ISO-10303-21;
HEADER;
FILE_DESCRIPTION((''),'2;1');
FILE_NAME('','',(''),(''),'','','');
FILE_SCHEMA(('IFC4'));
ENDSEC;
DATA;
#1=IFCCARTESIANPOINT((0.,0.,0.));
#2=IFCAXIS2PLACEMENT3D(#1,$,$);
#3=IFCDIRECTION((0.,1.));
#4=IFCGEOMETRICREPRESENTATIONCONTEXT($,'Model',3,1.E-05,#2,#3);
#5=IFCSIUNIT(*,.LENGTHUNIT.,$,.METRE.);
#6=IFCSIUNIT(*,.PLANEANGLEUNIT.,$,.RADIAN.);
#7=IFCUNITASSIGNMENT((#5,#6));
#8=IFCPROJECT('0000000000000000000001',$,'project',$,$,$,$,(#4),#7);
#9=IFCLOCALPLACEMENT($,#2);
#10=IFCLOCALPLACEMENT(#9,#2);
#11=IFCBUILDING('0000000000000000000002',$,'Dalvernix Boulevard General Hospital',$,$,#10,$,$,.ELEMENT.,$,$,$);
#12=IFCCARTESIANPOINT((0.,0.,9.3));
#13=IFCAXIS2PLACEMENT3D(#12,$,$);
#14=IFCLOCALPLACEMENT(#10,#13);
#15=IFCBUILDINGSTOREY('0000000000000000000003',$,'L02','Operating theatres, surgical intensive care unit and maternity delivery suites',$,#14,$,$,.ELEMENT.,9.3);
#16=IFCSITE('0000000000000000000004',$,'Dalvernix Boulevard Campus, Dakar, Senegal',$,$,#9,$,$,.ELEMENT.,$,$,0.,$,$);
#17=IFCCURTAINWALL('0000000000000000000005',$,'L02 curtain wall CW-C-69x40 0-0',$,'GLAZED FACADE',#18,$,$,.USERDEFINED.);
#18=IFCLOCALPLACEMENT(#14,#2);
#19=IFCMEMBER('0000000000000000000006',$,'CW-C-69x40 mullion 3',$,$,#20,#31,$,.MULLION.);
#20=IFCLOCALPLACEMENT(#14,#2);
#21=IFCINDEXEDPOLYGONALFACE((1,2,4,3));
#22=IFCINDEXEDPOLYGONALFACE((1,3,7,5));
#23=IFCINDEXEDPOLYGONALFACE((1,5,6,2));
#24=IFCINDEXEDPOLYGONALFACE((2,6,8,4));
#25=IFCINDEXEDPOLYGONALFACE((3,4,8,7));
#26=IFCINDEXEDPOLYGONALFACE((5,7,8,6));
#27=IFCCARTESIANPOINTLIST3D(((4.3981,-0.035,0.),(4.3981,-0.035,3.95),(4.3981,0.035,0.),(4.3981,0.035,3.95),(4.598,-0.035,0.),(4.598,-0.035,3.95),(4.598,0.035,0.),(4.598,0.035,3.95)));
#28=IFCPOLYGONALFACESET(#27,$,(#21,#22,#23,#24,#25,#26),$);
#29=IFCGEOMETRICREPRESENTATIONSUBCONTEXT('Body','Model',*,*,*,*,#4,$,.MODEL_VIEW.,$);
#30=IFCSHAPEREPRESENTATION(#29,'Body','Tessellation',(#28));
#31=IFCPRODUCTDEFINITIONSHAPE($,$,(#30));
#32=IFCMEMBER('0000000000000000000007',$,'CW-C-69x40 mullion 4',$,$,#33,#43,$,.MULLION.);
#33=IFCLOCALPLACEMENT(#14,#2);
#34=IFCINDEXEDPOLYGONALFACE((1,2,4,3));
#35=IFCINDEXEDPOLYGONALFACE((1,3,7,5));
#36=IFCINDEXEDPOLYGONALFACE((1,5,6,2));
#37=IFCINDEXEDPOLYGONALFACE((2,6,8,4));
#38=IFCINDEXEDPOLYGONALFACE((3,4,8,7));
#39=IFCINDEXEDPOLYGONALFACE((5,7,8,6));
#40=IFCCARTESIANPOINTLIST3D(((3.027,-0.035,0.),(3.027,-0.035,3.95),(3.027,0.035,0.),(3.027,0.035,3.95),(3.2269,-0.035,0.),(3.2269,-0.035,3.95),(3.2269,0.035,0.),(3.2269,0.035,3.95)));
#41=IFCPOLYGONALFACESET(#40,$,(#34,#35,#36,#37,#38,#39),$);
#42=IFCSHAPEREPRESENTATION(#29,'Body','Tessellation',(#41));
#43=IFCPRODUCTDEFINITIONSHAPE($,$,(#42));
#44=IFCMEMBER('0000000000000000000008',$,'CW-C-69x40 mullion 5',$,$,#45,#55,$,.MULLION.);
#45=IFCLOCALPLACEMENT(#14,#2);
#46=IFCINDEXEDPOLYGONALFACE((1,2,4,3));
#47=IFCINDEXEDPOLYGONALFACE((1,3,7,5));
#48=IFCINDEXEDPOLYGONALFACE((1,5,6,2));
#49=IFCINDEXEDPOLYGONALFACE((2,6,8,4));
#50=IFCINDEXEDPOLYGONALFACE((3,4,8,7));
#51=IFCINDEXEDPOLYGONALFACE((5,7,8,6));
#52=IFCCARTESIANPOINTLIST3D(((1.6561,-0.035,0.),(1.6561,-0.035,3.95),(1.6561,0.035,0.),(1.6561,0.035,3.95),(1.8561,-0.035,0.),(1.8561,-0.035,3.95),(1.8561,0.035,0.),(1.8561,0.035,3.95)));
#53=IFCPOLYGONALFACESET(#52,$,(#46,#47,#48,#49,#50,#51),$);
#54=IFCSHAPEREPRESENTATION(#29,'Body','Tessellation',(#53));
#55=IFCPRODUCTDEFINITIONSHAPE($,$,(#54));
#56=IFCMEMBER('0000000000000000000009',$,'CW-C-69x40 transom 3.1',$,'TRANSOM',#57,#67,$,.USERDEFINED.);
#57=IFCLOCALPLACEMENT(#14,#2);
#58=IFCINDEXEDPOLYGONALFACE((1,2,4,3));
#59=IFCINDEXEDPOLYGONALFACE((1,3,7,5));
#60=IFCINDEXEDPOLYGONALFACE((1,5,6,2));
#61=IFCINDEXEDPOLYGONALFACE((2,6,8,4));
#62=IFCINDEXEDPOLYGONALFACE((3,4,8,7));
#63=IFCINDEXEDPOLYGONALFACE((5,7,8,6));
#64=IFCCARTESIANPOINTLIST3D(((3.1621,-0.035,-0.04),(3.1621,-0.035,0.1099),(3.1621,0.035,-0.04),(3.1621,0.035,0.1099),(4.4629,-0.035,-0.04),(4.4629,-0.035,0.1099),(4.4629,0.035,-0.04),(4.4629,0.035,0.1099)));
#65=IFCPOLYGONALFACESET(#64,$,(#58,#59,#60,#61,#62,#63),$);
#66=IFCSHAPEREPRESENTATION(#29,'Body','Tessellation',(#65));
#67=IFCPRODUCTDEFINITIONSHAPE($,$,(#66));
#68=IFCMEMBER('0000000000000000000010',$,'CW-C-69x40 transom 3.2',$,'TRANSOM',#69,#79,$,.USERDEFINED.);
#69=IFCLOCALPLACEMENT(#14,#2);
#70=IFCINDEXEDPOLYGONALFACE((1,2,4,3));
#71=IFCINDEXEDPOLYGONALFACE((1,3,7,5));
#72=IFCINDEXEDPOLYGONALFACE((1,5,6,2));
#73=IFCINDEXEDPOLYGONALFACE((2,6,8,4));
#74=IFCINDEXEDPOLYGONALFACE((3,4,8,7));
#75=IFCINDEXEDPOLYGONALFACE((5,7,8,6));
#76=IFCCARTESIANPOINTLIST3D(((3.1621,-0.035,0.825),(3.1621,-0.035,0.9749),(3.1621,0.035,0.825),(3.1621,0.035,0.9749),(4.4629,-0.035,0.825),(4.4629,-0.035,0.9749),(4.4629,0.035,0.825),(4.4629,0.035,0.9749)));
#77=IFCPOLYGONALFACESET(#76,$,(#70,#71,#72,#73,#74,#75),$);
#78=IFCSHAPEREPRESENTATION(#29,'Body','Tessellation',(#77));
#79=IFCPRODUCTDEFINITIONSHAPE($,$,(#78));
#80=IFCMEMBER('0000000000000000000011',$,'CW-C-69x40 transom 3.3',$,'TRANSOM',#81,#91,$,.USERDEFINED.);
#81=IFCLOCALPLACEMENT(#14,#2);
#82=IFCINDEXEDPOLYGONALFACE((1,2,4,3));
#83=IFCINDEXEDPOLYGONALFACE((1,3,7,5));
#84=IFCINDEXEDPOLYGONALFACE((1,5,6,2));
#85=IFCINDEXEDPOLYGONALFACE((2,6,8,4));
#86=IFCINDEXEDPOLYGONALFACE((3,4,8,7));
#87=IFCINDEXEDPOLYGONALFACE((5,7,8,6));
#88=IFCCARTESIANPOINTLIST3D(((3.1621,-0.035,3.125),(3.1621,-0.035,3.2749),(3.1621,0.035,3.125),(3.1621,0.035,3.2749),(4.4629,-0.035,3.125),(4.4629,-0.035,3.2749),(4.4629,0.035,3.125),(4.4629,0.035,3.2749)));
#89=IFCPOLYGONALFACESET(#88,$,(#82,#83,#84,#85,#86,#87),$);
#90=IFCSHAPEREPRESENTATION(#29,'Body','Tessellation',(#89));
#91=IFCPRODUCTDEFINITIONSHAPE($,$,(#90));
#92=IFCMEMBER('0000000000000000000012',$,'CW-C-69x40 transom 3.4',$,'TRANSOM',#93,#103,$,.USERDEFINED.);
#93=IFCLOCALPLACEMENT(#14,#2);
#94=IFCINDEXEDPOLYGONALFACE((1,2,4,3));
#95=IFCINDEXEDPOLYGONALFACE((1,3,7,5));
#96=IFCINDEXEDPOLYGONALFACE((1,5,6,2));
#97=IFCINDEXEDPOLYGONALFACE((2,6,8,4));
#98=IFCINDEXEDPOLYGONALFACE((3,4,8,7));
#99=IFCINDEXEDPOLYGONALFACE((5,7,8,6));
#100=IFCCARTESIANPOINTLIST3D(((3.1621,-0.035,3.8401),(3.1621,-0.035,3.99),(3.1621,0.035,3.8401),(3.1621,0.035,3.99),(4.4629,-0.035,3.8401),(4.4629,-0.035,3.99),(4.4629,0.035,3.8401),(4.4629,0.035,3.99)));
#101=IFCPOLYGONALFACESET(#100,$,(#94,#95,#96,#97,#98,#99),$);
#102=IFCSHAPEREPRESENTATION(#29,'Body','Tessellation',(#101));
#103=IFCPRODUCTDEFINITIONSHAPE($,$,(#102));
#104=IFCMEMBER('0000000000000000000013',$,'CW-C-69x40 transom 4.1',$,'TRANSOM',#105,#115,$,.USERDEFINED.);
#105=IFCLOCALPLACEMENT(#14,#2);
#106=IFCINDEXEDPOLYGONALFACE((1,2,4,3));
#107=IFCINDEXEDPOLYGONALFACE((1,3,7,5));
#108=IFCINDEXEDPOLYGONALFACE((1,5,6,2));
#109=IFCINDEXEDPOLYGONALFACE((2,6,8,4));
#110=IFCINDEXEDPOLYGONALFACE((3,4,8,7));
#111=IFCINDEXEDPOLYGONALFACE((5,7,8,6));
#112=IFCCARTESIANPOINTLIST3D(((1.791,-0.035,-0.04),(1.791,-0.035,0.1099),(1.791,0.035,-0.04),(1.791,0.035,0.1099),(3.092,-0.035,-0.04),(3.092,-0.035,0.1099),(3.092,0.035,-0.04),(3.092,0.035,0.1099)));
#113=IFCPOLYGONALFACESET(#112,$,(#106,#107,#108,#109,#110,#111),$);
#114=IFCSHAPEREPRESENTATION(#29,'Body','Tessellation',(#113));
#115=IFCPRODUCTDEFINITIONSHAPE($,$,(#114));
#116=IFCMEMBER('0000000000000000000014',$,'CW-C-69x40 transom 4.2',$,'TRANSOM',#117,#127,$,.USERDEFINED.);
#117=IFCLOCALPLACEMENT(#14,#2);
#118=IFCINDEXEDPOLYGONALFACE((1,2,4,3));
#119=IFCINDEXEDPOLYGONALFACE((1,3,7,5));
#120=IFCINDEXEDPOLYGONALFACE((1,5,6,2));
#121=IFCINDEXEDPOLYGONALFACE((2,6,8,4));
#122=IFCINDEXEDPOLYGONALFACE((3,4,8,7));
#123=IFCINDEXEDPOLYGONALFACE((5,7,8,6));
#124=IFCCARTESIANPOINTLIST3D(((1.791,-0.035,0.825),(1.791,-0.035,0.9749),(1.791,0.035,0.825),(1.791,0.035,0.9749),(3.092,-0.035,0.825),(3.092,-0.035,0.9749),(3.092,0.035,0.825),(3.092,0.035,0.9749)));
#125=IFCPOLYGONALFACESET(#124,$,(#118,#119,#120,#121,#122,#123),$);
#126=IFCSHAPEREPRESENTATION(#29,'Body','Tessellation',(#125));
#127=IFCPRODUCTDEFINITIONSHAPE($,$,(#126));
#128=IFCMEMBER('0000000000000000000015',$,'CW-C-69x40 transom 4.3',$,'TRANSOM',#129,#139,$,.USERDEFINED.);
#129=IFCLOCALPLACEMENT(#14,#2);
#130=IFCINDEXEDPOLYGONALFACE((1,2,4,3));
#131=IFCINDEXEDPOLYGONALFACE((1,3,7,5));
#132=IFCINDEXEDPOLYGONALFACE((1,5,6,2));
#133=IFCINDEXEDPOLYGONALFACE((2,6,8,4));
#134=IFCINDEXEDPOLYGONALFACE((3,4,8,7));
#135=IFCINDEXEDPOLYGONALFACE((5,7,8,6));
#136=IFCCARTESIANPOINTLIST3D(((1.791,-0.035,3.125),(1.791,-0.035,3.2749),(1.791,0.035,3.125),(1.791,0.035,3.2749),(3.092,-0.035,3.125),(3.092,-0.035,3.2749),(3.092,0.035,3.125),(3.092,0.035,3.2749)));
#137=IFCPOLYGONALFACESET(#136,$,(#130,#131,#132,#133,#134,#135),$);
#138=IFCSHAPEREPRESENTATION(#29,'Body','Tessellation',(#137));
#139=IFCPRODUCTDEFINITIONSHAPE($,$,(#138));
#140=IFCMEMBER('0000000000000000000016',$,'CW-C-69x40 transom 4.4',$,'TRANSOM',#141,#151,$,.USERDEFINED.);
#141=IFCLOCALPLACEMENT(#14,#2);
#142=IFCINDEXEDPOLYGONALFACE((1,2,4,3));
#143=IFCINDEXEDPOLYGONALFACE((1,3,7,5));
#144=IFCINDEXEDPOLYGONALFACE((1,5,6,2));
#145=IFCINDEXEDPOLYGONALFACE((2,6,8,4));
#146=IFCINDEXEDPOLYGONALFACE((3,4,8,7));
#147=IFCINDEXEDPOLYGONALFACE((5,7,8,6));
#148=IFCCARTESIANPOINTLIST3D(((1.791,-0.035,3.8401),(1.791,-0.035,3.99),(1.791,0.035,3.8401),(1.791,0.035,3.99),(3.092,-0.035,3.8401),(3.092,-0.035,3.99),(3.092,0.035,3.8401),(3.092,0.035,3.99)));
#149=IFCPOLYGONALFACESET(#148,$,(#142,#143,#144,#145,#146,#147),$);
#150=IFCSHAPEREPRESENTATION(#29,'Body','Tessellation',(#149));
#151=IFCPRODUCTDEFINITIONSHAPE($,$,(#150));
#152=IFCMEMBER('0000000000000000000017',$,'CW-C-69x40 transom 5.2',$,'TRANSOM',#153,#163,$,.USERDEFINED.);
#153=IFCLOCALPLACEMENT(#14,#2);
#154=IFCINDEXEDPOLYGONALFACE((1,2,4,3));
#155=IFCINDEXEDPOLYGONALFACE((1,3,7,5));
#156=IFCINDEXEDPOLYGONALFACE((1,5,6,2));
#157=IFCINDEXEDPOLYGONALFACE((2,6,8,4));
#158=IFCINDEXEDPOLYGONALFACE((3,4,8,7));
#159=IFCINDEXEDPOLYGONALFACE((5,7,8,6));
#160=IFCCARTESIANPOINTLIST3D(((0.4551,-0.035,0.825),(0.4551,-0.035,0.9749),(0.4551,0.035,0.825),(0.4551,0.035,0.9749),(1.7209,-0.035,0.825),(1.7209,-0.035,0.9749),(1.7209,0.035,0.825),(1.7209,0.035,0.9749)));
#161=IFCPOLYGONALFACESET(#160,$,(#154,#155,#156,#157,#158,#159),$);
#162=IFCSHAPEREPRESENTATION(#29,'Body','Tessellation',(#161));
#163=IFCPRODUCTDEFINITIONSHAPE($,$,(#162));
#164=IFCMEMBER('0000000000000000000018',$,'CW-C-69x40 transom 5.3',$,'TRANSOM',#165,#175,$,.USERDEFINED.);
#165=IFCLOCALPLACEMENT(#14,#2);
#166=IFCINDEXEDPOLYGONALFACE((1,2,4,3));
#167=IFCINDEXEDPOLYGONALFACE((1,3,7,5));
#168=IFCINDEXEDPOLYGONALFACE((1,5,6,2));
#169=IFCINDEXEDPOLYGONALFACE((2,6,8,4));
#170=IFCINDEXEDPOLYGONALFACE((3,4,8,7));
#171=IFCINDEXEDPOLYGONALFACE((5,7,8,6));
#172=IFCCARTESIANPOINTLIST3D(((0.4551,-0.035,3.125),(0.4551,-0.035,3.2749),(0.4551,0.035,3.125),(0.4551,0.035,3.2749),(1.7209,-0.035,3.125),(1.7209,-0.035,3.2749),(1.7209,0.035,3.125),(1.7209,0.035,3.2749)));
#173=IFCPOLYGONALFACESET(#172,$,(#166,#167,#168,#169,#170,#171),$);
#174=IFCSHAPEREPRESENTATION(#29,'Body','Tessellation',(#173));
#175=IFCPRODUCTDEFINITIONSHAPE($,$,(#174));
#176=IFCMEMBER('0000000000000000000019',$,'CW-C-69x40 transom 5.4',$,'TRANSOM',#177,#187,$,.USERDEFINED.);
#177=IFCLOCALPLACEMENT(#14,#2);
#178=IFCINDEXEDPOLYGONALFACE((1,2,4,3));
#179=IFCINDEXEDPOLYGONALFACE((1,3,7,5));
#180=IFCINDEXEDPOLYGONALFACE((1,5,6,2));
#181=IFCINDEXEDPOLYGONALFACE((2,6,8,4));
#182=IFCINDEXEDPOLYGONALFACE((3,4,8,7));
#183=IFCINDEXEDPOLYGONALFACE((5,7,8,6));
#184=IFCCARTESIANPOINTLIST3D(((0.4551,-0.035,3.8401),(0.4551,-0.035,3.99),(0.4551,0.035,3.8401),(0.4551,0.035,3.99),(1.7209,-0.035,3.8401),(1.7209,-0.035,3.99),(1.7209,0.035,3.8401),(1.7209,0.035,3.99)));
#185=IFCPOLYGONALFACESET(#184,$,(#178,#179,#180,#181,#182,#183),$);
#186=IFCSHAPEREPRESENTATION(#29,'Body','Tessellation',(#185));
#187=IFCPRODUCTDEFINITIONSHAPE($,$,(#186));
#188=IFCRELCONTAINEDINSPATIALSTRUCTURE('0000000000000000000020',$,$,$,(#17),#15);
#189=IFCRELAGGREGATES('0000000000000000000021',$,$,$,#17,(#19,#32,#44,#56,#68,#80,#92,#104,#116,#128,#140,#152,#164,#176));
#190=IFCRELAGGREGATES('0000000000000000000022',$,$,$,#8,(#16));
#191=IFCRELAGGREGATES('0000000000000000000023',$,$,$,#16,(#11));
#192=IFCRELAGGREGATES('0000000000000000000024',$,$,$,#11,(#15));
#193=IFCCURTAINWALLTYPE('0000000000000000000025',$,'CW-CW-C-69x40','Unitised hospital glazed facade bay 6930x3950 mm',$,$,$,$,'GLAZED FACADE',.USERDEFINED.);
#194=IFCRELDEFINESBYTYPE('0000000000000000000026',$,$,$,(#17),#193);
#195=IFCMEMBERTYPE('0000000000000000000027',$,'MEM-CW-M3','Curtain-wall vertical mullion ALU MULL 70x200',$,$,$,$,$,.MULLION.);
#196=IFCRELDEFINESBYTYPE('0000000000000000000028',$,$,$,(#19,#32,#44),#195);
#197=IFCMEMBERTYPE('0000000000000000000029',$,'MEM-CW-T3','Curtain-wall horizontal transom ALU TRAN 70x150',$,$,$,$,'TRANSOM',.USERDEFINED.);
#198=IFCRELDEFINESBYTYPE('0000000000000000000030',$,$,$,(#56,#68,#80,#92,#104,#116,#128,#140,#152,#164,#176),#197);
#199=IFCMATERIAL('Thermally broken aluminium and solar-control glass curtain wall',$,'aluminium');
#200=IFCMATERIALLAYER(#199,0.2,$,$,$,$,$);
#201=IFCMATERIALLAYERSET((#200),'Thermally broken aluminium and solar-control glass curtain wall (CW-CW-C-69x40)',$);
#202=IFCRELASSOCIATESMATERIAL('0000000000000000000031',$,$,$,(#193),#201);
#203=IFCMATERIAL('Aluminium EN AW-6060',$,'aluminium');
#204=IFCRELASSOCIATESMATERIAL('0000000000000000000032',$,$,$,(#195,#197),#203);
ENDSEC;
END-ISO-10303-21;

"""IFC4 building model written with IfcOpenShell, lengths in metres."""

from ifc_helpers import new_model, si_unit, direction, frame, origin, origin_2d, place, context, subcontext, project, spatial, rectangle, extrude, material, layer, layer_set, material_profile, profile_set, type_object, element, aggregate, save


model = new_model("IFC4")

# Units and contexts
model_context = context("Model", 3, precision=1e-05, world=origin(), true_north=direction((0.0, 1.0)))
body_context = subcontext(model_context, "Body", "Model", "MODEL_VIEW")
ifc_project = project(units=[si_unit("LENGTHUNIT", "METRE"), si_unit("PLANEANGLEUNIT", "RADIAN")], contexts=[model_context])

# Site, building, storey
site_placement = place(None, origin())
site = spatial("IfcSite", under=ifc_project, at=site_placement, Name="Dalvernix Boulevard Campus, Dakar, Senegal", CompositionType="ELEMENT", RefElevation=0.0)
building_placement = place(site_placement, origin())
building = spatial("IfcBuilding", under=site, at=building_placement, Name="Dalvernix Boulevard General Hospital", CompositionType="ELEMENT")
storey_placement = place(building_placement, frame((0.0, 0.0, 9.3)))
storey = spatial("IfcBuildingStorey", under=building, at=storey_placement, Name="L02", Description="Operating theatres, surgical intensive care unit and maternity delivery suites", CompositionType="ELEMENT", Elevation=9.3)

# Curtain wall, members
ifc_material_1 = material(Name="Thermally broken aluminium and solar-control glass curtain wall", Category="aluminium")
ifc_layer_1 = layer(ifc_material_1, 0.2)
ifc_layer_set_1 = layer_set([ifc_layer_1], Name="Thermally broken aluminium and solar-control glass curtain wall (CW-CW-C-69x40)")
curtain_wall_type = type_object("IfcCurtainWallType", Name="CW-CW-C-69x40", Description="Unitised hospital glazed facade bay 6930x3950 mm", ElementType="GLAZED FACADE", PredefinedType="USERDEFINED", material=ifc_layer_set_1)
curtain_wall_placement = place(storey_placement, origin())
curtain_wall = element("IfcCurtainWall", 1, at=curtain_wall_placement, inside=storey, type_object=curtain_wall_type, Name="L02 curtain wall CW-C-69x40 0-0", ObjectType="GLAZED FACADE", PredefinedType="USERDEFINED")
ifc_material_2 = material(Name="Aluminium EN AW-6060", Category="aluminium")
ifc_material_profile_1 = material_profile(ifc_material_2, rectangle(XDim=0.0701, YDim=0.2, at=origin_2d()), Name="ALU MULL 70x200")
ifc_profile_set_1 = profile_set([ifc_material_profile_1], Name="Aluminium EN AW-6060")
member_type_1 = type_object("IfcMemberType", Name="MEM-CW-M3", Description="Curtain-wall vertical mullion ALU MULL 70x200", PredefinedType="MULLION", material=ifc_profile_set_1)
member_1_placement = place(storey_placement, frame((4.498, 0.0, 0.0), z_axis=(0.0, 0.0, 1.0), x_axis=(0.0, -1.0, 0.0)))
member_1 = element("IfcMember", 2, at=member_1_placement, type_object=member_type_1, Name="CW-C-69x40 mullion 3", PredefinedType="MULLION", context=body_context, shape_type="SweptSolid", body=[
    extrude(rectangle(XDim=0.0701, YDim=0.2, at=origin_2d()), origin(), (0.0, 0.0, 1.0), 3.95),
])
member_2_placement = place(storey_placement, frame((3.127, 0.0, 0.0), z_axis=(0.0, 0.0, 1.0), x_axis=(0.0, -1.0, 0.0)))
member_2 = element("IfcMember", 3, at=member_2_placement, type_object=member_type_1, Name="CW-C-69x40 mullion 4", PredefinedType="MULLION", context=body_context, shape_type="SweptSolid", body=[
    extrude(rectangle(XDim=0.0701, YDim=0.2, at=origin_2d()), origin(), (0.0, 0.0, 1.0), 3.95),
])
member_3_placement = place(storey_placement, frame((1.7561, 0.0, 0.0), z_axis=(0.0, 0.0, 1.0), x_axis=(0.0, -1.0, 0.0)))
member_3 = element("IfcMember", 4, at=member_3_placement, type_object=member_type_1, Name="CW-C-69x40 mullion 5", PredefinedType="MULLION", context=body_context, shape_type="SweptSolid", body=[
    extrude(rectangle(XDim=0.0701, YDim=0.2, at=origin_2d()), origin(), (0.0, 0.0, 1.0), 3.95),
])
ifc_material_profile_2 = material_profile(ifc_material_2, rectangle(XDim=0.0701, YDim=0.1499, at=origin_2d()), Name="ALU TRAN 70x150")
ifc_profile_set_2 = profile_set([ifc_material_profile_2], Name="Aluminium EN AW-6060")
member_type_2 = type_object("IfcMemberType", Name="MEM-CW-T3", Description="Curtain-wall horizontal transom ALU TRAN 70x150", ElementType="TRANSOM", PredefinedType="USERDEFINED", material=ifc_profile_set_2)
member_4_placement = place(storey_placement, frame((4.4629, 0.0, 0.0349), z_axis=(-1.0, 0.0, 0.0), x_axis=(0.0, -1.0, 0.0)))
member_4 = element("IfcMember", 5, at=member_4_placement, type_object=member_type_2, Name="CW-C-69x40 transom 3.1", ObjectType="TRANSOM", PredefinedType="USERDEFINED", context=body_context, shape_type="SweptSolid", body=[
    extrude(rectangle(XDim=0.0701, YDim=0.1499, at=origin_2d()), origin(), (0.0, 0.0, 1.0), 1.3008),
])
member_5_placement = place(storey_placement, frame((4.4629, 0.0, 0.8999), z_axis=(-1.0, 0.0, 0.0), x_axis=(0.0, -1.0, 0.0)))
member_5 = element("IfcMember", 6, at=member_5_placement, type_object=member_type_2, Name="CW-C-69x40 transom 3.2", ObjectType="TRANSOM", PredefinedType="USERDEFINED", context=body_context, shape_type="SweptSolid", body=[
    extrude(rectangle(XDim=0.0701, YDim=0.1499, at=origin_2d()), origin(), (0.0, 0.0, 1.0), 1.3008),
])
member_6_placement = place(storey_placement, frame((4.4629, 0.0, 3.2), z_axis=(-1.0, 0.0, 0.0), x_axis=(0.0, -1.0, 0.0)))
member_6 = element("IfcMember", 7, at=member_6_placement, type_object=member_type_2, Name="CW-C-69x40 transom 3.3", ObjectType="TRANSOM", PredefinedType="USERDEFINED", context=body_context, shape_type="SweptSolid", body=[
    extrude(rectangle(XDim=0.0701, YDim=0.1499, at=origin_2d()), origin(), (0.0, 0.0, 1.0), 1.3008),
])
member_7_placement = place(storey_placement, frame((4.4629, 0.0, 3.915), z_axis=(-1.0, 0.0, 0.0), x_axis=(0.0, -1.0, 0.0)))
member_7 = element("IfcMember", 8, at=member_7_placement, type_object=member_type_2, Name="CW-C-69x40 transom 3.4", ObjectType="TRANSOM", PredefinedType="USERDEFINED", context=body_context, shape_type="SweptSolid", body=[
    extrude(rectangle(XDim=0.0701, YDim=0.1499, at=origin_2d()), origin(), (0.0, 0.0, 1.0), 1.3008),
])
member_8_placement = place(storey_placement, frame((3.092, 0.0, 0.0349), z_axis=(-1.0, 0.0, 0.0), x_axis=(0.0, -1.0, 0.0)))
member_8 = element("IfcMember", 9, at=member_8_placement, type_object=member_type_2, Name="CW-C-69x40 transom 4.1", ObjectType="TRANSOM", PredefinedType="USERDEFINED", context=body_context, shape_type="SweptSolid", body=[
    extrude(rectangle(XDim=0.0701, YDim=0.1499, at=origin_2d()), origin(), (0.0, 0.0, 1.0), 1.301),
])
member_9_placement = place(storey_placement, frame((3.092, 0.0, 0.8999), z_axis=(-1.0, 0.0, 0.0), x_axis=(0.0, -1.0, 0.0)))
member_9 = element("IfcMember", 10, at=member_9_placement, type_object=member_type_2, Name="CW-C-69x40 transom 4.2", ObjectType="TRANSOM", PredefinedType="USERDEFINED", context=body_context, shape_type="SweptSolid", body=[
    extrude(rectangle(XDim=0.0701, YDim=0.1499, at=origin_2d()), origin(), (0.0, 0.0, 1.0), 1.301),
])
member_10_placement = place(storey_placement, frame((3.092, 0.0, 3.2), z_axis=(-1.0, 0.0, 0.0), x_axis=(0.0, -1.0, 0.0)))
member_10 = element("IfcMember", 11, at=member_10_placement, type_object=member_type_2, Name="CW-C-69x40 transom 4.3", ObjectType="TRANSOM", PredefinedType="USERDEFINED", context=body_context, shape_type="SweptSolid", body=[
    extrude(rectangle(XDim=0.0701, YDim=0.1499, at=origin_2d()), origin(), (0.0, 0.0, 1.0), 1.301),
])
member_11_placement = place(storey_placement, frame((3.092, 0.0, 3.915), z_axis=(-1.0, 0.0, 0.0), x_axis=(0.0, -1.0, 0.0)))
member_11 = element("IfcMember", 12, at=member_11_placement, type_object=member_type_2, Name="CW-C-69x40 transom 4.4", ObjectType="TRANSOM", PredefinedType="USERDEFINED", context=body_context, shape_type="SweptSolid", body=[
    extrude(rectangle(XDim=0.0701, YDim=0.1499, at=origin_2d()), origin(), (0.0, 0.0, 1.0), 1.301),
])
member_12_placement = place(storey_placement, frame((1.7209, 0.0, 0.8999), z_axis=(-1.0, 0.0, 0.0), x_axis=(0.0, -1.0, 0.0)))
member_12 = element("IfcMember", 13, at=member_12_placement, type_object=member_type_2, Name="CW-C-69x40 transom 5.2", ObjectType="TRANSOM", PredefinedType="USERDEFINED", context=body_context, shape_type="SweptSolid", body=[
    extrude(rectangle(XDim=0.0701, YDim=0.1499, at=origin_2d()), origin(), (0.0, 0.0, 1.0), 1.2659),
])
member_13_placement = place(storey_placement, frame((1.7209, 0.0, 3.2), z_axis=(-1.0, 0.0, 0.0), x_axis=(0.0, -1.0, 0.0)))
member_13 = element("IfcMember", 14, at=member_13_placement, type_object=member_type_2, Name="CW-C-69x40 transom 5.3", ObjectType="TRANSOM", PredefinedType="USERDEFINED", context=body_context, shape_type="SweptSolid", body=[
    extrude(rectangle(XDim=0.0701, YDim=0.1499, at=origin_2d()), origin(), (0.0, 0.0, 1.0), 1.2659),
])
member_14_placement = place(storey_placement, frame((1.7209, 0.0, 3.915), z_axis=(-1.0, 0.0, 0.0), x_axis=(0.0, -1.0, 0.0)))
member_14 = element("IfcMember", 15, at=member_14_placement, type_object=member_type_2, Name="CW-C-69x40 transom 5.4", ObjectType="TRANSOM", PredefinedType="USERDEFINED", context=body_context, shape_type="SweptSolid", body=[
    extrude(rectangle(XDim=0.0701, YDim=0.1499, at=origin_2d()), origin(), (0.0, 0.0, 1.0), 1.2659),
])
aggregate(curtain_wall, [member_1, member_2, member_3, member_4, member_5, member_6, member_7, member_8, member_9, member_10, member_11, member_12, member_13, member_14])

save(model, "model.ifc")
